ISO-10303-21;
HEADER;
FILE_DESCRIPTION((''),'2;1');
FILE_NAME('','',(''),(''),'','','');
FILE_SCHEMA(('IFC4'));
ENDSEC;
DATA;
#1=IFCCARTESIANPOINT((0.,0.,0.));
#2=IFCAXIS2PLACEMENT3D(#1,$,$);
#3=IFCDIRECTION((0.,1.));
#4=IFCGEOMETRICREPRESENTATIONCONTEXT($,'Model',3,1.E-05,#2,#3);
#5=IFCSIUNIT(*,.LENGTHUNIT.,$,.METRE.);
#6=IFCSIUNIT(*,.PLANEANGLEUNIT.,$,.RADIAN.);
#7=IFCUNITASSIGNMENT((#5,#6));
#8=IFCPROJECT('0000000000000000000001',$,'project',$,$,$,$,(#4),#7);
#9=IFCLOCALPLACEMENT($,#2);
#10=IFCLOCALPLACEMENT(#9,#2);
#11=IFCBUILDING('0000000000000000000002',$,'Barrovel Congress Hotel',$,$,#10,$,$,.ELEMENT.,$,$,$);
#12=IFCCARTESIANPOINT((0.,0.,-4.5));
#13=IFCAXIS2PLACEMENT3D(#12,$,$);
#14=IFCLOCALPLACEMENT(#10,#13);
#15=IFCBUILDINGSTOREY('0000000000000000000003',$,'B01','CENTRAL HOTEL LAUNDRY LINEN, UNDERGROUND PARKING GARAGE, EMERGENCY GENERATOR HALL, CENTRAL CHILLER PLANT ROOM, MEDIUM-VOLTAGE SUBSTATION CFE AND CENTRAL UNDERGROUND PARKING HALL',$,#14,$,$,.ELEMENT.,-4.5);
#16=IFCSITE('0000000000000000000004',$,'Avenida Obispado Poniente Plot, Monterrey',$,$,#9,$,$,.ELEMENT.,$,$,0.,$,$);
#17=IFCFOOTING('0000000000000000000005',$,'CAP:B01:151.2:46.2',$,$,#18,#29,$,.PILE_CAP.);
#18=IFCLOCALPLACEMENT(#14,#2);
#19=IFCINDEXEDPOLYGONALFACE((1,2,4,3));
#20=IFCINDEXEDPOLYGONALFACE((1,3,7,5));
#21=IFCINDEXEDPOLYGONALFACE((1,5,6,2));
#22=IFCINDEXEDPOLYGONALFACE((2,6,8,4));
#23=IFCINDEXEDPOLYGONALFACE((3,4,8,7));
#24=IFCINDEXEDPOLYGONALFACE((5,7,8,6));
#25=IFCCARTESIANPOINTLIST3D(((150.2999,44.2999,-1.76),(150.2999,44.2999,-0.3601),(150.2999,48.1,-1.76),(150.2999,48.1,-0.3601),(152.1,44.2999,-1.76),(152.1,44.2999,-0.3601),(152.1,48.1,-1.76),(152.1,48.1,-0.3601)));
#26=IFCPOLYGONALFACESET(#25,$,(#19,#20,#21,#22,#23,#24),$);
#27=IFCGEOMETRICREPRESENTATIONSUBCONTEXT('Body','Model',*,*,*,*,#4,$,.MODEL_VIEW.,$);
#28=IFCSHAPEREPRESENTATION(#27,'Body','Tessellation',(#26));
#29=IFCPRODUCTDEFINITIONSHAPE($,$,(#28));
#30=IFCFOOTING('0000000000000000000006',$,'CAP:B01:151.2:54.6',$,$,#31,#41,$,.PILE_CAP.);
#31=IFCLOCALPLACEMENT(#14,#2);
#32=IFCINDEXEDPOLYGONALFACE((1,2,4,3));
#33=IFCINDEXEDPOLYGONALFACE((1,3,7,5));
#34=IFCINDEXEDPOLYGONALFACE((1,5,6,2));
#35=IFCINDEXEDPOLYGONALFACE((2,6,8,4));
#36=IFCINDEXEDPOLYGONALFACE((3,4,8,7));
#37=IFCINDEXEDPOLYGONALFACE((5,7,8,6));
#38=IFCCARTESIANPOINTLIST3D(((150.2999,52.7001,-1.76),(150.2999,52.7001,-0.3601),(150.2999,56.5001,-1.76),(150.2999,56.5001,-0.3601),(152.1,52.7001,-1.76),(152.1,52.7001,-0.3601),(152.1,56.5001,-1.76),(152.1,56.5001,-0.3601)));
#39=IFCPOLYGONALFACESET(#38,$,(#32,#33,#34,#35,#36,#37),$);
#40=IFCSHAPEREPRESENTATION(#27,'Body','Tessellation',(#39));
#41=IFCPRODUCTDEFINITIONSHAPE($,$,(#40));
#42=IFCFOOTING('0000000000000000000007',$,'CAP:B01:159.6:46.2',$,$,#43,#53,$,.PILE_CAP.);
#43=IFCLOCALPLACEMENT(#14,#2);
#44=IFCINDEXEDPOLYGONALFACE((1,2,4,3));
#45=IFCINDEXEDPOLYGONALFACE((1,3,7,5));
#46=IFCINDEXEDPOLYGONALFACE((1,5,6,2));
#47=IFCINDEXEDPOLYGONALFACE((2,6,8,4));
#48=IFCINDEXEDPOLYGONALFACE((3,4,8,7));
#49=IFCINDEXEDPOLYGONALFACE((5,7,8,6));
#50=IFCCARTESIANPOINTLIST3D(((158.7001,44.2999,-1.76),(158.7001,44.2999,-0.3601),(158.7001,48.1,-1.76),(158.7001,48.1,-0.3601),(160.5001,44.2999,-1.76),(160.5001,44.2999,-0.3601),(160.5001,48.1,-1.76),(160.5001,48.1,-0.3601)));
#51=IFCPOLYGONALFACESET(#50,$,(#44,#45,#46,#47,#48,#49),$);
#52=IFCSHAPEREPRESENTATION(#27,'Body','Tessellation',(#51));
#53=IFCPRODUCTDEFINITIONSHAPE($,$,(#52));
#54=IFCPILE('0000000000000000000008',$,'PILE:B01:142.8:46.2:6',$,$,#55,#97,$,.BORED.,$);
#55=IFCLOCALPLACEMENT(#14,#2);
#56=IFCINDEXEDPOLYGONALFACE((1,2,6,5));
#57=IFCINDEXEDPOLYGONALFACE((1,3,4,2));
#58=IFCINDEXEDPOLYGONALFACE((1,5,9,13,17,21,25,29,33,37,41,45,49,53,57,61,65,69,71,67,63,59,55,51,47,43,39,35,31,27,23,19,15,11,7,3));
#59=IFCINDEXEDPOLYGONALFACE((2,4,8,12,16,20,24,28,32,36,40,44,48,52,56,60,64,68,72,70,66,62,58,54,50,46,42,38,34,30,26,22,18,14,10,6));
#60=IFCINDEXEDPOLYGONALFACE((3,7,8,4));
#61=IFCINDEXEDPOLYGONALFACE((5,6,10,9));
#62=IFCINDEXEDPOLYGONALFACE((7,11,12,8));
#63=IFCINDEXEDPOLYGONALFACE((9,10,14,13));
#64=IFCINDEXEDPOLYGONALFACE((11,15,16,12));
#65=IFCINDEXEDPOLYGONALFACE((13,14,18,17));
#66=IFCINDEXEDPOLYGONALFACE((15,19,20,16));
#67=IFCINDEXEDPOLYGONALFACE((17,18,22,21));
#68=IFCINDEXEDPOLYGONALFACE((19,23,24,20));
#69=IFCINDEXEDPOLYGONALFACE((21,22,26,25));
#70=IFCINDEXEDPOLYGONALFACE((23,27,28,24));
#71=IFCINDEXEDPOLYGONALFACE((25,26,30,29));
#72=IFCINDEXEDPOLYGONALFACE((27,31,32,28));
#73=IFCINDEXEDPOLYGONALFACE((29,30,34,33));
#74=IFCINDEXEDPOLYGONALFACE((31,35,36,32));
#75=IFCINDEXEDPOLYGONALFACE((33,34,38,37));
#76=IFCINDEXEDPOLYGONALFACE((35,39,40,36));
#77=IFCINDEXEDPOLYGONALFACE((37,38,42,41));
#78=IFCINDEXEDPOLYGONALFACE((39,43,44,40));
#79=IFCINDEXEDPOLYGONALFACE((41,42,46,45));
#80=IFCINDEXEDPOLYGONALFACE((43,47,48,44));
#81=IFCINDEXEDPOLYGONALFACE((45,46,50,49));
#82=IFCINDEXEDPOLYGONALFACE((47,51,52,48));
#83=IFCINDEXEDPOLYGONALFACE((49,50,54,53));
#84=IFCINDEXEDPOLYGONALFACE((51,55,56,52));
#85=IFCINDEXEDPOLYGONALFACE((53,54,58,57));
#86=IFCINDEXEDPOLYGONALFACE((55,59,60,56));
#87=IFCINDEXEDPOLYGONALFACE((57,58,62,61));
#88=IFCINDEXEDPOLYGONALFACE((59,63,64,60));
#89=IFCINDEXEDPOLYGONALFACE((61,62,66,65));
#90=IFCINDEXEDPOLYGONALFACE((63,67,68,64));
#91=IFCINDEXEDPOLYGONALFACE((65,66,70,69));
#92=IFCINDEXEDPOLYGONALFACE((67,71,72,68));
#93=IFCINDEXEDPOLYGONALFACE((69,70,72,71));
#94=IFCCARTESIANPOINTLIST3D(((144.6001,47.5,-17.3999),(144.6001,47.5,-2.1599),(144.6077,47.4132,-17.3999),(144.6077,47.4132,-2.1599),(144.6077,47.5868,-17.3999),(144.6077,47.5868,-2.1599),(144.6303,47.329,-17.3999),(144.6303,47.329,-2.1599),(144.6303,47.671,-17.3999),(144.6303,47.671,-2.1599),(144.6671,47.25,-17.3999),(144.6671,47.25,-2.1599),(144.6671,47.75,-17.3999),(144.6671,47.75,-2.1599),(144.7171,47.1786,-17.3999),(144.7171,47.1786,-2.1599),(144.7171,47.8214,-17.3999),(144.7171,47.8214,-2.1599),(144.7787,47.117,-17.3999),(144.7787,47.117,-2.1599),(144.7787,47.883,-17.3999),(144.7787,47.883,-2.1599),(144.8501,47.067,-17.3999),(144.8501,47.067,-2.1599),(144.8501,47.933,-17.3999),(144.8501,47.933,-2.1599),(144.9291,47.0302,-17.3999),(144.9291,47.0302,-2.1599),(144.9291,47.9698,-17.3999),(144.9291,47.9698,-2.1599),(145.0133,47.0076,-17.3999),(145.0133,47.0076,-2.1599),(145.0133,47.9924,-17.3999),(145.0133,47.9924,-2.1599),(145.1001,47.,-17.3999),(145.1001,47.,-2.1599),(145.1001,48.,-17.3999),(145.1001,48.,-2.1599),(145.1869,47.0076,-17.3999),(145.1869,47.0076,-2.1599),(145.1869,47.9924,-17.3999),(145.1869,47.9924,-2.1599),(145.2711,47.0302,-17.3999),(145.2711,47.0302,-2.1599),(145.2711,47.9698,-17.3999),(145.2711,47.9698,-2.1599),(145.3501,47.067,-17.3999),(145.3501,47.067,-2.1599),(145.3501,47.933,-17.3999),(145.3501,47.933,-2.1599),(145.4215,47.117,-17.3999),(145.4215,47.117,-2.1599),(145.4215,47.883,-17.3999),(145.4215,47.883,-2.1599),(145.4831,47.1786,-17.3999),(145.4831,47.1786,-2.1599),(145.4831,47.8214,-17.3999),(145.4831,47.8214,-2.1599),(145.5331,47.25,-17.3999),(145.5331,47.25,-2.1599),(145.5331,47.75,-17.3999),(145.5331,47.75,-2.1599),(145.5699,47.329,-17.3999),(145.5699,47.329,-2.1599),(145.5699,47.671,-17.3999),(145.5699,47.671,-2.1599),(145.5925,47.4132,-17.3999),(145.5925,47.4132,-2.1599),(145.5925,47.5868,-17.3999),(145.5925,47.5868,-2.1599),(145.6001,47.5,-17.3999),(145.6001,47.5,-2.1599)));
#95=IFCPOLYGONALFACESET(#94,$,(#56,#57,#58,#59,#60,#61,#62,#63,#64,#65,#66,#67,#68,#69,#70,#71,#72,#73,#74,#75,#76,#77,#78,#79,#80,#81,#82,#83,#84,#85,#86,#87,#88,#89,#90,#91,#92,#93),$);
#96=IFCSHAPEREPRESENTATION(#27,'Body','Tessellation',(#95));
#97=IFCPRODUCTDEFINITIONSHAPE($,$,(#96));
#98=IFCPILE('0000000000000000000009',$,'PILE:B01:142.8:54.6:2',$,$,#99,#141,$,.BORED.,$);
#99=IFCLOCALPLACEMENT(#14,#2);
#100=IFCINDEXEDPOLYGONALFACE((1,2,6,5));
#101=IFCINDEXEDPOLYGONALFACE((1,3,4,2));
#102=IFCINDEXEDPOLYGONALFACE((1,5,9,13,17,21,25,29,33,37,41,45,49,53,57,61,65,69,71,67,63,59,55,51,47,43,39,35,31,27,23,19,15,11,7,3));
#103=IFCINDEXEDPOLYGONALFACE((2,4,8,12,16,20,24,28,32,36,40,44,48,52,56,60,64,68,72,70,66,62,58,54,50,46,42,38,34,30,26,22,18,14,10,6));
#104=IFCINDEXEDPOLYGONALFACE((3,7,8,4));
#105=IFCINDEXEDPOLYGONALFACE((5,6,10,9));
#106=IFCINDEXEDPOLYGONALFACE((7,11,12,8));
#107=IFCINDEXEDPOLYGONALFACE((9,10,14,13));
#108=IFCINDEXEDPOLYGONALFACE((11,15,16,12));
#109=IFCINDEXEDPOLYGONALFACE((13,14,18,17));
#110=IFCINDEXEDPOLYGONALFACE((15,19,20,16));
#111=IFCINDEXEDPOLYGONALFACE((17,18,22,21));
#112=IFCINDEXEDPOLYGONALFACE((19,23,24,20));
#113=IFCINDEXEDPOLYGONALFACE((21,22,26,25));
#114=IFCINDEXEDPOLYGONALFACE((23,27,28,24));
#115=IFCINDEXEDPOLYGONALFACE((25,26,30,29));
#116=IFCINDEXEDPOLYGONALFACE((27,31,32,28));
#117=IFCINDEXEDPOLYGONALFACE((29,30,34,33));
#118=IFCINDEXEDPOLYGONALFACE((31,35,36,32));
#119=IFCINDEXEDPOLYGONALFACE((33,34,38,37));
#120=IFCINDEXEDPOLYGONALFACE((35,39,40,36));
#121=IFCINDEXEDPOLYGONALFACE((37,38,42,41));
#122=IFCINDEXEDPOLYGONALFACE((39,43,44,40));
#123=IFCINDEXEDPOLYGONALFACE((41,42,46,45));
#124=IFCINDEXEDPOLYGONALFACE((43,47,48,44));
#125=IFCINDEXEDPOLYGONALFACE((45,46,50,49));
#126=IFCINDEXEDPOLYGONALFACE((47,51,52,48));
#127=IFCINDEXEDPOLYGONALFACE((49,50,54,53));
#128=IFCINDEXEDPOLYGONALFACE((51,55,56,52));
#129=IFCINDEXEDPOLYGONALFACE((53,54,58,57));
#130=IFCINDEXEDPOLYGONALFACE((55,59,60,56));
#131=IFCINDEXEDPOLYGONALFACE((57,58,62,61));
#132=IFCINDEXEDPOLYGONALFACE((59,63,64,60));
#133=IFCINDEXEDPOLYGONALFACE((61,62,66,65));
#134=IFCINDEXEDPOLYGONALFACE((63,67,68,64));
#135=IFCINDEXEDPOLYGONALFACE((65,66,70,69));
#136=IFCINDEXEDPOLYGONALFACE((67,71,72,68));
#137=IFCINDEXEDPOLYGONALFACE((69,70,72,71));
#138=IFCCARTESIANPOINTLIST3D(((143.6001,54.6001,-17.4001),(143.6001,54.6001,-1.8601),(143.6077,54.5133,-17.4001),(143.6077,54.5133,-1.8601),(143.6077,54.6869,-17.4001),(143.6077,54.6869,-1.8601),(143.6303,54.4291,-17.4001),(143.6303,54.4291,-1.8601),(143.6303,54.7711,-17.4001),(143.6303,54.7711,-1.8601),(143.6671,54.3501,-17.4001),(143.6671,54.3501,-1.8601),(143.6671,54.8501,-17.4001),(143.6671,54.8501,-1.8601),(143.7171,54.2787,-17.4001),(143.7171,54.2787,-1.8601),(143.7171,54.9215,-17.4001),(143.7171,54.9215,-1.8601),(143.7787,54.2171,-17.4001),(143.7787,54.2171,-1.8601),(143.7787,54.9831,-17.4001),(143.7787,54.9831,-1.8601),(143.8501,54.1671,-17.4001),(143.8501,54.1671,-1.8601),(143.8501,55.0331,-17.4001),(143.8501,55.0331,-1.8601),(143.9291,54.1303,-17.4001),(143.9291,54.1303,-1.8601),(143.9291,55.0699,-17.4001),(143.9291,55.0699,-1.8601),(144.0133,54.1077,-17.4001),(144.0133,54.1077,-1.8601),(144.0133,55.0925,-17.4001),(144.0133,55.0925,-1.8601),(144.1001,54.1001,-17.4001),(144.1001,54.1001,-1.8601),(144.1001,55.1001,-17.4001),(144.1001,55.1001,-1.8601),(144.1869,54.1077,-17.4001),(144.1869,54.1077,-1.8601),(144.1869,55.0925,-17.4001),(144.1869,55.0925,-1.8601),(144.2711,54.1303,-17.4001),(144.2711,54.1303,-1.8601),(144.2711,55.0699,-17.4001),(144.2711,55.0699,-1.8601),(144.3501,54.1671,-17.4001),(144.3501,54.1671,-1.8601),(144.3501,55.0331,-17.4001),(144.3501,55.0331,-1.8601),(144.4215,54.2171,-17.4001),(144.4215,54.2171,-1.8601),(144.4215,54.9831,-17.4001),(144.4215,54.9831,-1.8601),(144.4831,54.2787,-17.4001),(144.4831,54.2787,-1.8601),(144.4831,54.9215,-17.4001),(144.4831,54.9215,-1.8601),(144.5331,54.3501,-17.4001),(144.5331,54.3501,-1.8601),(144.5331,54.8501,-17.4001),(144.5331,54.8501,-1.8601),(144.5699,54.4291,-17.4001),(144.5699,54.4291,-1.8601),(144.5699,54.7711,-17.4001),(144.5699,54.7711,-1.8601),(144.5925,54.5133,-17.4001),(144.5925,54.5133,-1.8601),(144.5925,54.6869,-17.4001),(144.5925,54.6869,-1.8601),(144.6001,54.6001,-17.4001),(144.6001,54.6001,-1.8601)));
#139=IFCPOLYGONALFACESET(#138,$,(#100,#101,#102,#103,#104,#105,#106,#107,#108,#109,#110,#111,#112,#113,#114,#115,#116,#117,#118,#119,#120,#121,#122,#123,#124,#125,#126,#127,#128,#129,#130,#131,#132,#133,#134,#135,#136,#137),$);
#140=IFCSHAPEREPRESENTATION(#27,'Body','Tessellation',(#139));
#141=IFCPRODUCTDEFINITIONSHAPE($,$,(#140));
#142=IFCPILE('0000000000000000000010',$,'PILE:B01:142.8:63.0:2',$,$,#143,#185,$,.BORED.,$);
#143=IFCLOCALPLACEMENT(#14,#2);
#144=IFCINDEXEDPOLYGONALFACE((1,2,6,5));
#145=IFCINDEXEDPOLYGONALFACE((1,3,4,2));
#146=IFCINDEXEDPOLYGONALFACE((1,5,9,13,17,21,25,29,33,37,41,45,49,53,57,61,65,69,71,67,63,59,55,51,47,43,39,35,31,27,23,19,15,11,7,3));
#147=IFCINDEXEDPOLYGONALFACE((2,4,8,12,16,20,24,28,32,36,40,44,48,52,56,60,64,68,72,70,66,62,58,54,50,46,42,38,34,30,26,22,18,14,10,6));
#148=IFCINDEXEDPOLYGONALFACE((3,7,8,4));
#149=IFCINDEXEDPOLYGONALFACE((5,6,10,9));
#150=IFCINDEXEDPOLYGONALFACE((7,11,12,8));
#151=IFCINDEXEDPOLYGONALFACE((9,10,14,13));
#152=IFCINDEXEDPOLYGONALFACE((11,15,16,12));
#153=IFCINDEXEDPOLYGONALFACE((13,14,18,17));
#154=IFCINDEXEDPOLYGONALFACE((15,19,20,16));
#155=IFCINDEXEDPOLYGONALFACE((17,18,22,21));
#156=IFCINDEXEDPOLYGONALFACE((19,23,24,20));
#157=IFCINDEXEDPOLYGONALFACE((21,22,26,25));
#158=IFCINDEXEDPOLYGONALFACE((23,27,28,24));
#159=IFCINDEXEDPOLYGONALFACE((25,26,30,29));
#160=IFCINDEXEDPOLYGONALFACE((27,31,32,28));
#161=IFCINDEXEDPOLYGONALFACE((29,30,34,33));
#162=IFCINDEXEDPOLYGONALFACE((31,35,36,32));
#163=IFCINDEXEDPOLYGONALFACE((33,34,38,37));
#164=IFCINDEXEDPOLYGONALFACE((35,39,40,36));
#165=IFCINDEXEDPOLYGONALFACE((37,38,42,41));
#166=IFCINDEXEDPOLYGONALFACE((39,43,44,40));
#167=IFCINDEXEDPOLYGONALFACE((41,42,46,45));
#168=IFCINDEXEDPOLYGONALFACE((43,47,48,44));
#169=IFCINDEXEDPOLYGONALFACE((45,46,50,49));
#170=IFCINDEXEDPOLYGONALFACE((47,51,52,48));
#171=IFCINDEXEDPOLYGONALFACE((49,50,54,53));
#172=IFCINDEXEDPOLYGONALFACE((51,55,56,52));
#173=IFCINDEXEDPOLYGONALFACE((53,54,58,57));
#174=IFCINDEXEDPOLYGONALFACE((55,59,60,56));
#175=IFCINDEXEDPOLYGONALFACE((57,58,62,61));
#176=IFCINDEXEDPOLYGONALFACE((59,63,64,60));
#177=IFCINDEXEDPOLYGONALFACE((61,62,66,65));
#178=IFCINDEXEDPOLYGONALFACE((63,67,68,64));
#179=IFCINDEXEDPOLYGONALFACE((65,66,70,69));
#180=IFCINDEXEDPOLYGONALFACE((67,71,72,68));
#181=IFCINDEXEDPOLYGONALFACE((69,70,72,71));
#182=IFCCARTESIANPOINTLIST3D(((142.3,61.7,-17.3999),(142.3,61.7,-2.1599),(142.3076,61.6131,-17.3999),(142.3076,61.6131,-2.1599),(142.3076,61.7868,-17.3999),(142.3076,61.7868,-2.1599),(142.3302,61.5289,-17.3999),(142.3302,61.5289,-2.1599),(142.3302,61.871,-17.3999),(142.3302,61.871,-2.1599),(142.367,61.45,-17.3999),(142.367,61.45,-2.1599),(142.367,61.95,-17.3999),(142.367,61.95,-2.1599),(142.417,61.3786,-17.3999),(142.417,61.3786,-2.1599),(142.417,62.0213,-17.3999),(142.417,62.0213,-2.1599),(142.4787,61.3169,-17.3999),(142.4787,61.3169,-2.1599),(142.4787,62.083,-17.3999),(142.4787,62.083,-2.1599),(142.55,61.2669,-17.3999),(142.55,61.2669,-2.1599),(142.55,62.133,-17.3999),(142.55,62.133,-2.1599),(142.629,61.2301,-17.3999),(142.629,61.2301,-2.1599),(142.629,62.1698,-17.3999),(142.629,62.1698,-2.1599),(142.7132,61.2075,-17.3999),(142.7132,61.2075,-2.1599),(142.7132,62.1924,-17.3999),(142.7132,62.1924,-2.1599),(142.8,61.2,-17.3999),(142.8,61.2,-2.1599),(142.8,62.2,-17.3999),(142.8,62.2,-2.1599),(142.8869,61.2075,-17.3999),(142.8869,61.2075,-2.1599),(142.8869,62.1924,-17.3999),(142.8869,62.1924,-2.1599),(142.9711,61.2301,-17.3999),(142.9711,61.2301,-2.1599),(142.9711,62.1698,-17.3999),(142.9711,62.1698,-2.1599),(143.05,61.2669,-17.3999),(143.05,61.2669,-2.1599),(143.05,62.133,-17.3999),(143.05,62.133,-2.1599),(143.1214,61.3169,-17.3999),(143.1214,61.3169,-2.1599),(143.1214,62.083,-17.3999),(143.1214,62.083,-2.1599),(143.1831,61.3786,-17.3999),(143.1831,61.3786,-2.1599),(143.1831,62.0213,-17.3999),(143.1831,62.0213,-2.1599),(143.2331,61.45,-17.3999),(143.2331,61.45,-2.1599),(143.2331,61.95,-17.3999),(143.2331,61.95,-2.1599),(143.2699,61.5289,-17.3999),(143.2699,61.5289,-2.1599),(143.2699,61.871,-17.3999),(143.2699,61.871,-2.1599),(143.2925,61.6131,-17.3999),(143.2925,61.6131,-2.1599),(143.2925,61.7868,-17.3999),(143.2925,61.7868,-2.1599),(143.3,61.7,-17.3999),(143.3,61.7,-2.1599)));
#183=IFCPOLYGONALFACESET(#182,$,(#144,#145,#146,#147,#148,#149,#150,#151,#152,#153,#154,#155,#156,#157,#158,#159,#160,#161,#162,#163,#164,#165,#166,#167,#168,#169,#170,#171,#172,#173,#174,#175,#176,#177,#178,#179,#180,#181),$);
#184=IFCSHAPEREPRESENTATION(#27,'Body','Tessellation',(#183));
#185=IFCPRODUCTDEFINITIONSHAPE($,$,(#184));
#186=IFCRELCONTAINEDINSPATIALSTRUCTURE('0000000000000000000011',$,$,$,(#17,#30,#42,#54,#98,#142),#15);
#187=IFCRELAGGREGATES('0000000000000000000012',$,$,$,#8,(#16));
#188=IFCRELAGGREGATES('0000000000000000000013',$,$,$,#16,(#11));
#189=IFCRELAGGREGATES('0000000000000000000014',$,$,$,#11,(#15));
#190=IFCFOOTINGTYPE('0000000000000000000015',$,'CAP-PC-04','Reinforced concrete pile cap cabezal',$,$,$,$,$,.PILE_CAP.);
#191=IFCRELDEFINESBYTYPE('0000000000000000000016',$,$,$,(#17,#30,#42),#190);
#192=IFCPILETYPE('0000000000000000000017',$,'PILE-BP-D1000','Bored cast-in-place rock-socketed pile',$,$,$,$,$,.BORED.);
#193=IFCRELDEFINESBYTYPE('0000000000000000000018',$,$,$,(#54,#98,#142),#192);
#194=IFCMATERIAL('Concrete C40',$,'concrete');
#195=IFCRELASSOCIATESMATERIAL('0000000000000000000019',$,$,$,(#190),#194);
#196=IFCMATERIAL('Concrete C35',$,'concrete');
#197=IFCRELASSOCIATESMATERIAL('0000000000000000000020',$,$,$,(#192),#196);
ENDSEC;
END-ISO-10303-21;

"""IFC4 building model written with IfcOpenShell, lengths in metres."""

from ifc_helpers import new_model, si_unit, direction, frame, origin, origin_2d, place, context, subcontext, project, spatial, rectangle, circle, extrude, material, material_profile, profile_set, type_object, element, save


model = new_model("IFC4")

# Units and contexts
model_context = context("Model", 3, precision=1e-05, world=origin(), true_north=direction((0.0, 1.0)))
body_context = subcontext(model_context, "Body", "Model", "MODEL_VIEW")
ifc_project = project(units=[si_unit("LENGTHUNIT", "METRE"), si_unit("PLANEANGLEUNIT", "RADIAN")], contexts=[model_context])

# Site, building, storey
site_placement = place(None, origin())
site = spatial("IfcSite", under=ifc_project, at=site_placement, Name="Avenida Obispado Poniente Plot, Monterrey", CompositionType="ELEMENT", RefElevation=0.0)
building_placement = place(site_placement, origin())
building = spatial("IfcBuilding", under=site, at=building_placement, Name="Barrovel Congress Hotel", CompositionType="ELEMENT")
storey_placement = place(building_placement, frame((0.0, 0.0, -4.5)))
storey = spatial("IfcBuildingStorey", under=building, at=storey_placement, Name="B01", Description="CENTRAL HOTEL LAUNDRY LINEN, UNDERGROUND PARKING GARAGE, EMERGENCY GENERATOR HALL, CENTRAL CHILLER PLANT ROOM, MEDIUM-VOLTAGE SUBSTATION CFE AND CENTRAL UNDERGROUND PARKING HALL", CompositionType="ELEMENT", Elevation=-4.5)

# Footings
ifc_material_1 = material(Name="Concrete C40", Category="concrete")
footing_type = type_object("IfcFootingType", Name="CAP-PC-04", Description="Reinforced concrete pile cap cabezal", PredefinedType="PILE_CAP", material=ifc_material_1)
for number, where, z_axis, x_axis, name in (
    (1, (151.2, 46.2, -1.76), (0.0, 0.0, 1.0), (1.0, 0.0, 0.0), "CAP:B01:151.2:46.2"),
    (2, (151.2, 54.6001, -1.76), (0.0, 0.0, 1.0), (1.0, 0.0, 0.0), "CAP:B01:151.2:54.6"),
    (3, (159.6001, 46.2, -1.76), (0.0, 0.0, 1.0), (1.0, 0.0, 0.0), "CAP:B01:159.6:46.2"),
):
    element("IfcFooting", number, at=place(storey_placement, frame(where, z_axis=z_axis, x_axis=x_axis)), inside=storey, type_object=footing_type, Name=name, PredefinedType="PILE_CAP", context=body_context, shape_type="SweptSolid", body=[
        extrude(rectangle(XDim=1.8, YDim=3.8, at=origin_2d()), origin(), (0.0, 0.0, 1.0), 1.3999),
    ])

# Piles
ifc_material_2 = material(Name="Concrete C35", Category="concrete")
ifc_material_profile_1 = material_profile(ifc_material_2, circle(Radius=0.5, at=origin_2d()), Name="BP-D1000")
ifc_profile_set_1 = profile_set([ifc_material_profile_1], Name="Concrete C35")
pile_type_1 = type_object("IfcPileType", Name="PILE-BP-D1000", Description="Bored cast-in-place rock-socketed pile", PredefinedType="BORED", material=ifc_profile_set_1)
pile_1_placement = place(storey_placement, frame((145.1001, 47.5, -2.1599), z_axis=(0.0, 0.0, -1.0), x_axis=(1.0, 0.0, 0.0)))
element("IfcPile", 4, at=pile_1_placement, inside=storey, type_object=pile_type_1, Name="PILE:B01:142.8:46.2:6", PredefinedType="BORED", context=body_context, shape_type="SweptSolid", body=[
    extrude(circle(Radius=0.5, at=origin_2d()), origin(), (0.0, 0.0, 1.0), 15.24),
])
pile_2_placement = place(storey_placement, frame((144.1001, 54.6001, -1.8601), z_axis=(0.0, 0.0, -1.0), x_axis=(1.0, 0.0, 0.0)))
element("IfcPile", 5, at=pile_2_placement, inside=storey, type_object=pile_type_1, Name="PILE:B01:142.8:54.6:2", PredefinedType="BORED", context=body_context, shape_type="SweptSolid", body=[
    extrude(circle(Radius=0.5, at=origin_2d()), origin(), (0.0, 0.0, 1.0), 15.54),
])
for number, where, z_axis, x_axis, name in (
    (6, (142.8, 61.7, -2.1599), (0.0, 0.0, -1.0), (1.0, 0.0, 0.0), "PILE:B01:142.8:63.0:2"),
):
    element("IfcPile", number, at=place(storey_placement, frame(where, z_axis=z_axis, x_axis=x_axis)), inside=storey, type_object=pile_type_1, Name=name, PredefinedType="BORED", context=body_context, shape_type="SweptSolid", body=[
        extrude(circle(Radius=0.5, at=origin_2d()), origin(), (0.0, 0.0, 1.0), 15.24),
    ])

save(model, "model.ifc")
